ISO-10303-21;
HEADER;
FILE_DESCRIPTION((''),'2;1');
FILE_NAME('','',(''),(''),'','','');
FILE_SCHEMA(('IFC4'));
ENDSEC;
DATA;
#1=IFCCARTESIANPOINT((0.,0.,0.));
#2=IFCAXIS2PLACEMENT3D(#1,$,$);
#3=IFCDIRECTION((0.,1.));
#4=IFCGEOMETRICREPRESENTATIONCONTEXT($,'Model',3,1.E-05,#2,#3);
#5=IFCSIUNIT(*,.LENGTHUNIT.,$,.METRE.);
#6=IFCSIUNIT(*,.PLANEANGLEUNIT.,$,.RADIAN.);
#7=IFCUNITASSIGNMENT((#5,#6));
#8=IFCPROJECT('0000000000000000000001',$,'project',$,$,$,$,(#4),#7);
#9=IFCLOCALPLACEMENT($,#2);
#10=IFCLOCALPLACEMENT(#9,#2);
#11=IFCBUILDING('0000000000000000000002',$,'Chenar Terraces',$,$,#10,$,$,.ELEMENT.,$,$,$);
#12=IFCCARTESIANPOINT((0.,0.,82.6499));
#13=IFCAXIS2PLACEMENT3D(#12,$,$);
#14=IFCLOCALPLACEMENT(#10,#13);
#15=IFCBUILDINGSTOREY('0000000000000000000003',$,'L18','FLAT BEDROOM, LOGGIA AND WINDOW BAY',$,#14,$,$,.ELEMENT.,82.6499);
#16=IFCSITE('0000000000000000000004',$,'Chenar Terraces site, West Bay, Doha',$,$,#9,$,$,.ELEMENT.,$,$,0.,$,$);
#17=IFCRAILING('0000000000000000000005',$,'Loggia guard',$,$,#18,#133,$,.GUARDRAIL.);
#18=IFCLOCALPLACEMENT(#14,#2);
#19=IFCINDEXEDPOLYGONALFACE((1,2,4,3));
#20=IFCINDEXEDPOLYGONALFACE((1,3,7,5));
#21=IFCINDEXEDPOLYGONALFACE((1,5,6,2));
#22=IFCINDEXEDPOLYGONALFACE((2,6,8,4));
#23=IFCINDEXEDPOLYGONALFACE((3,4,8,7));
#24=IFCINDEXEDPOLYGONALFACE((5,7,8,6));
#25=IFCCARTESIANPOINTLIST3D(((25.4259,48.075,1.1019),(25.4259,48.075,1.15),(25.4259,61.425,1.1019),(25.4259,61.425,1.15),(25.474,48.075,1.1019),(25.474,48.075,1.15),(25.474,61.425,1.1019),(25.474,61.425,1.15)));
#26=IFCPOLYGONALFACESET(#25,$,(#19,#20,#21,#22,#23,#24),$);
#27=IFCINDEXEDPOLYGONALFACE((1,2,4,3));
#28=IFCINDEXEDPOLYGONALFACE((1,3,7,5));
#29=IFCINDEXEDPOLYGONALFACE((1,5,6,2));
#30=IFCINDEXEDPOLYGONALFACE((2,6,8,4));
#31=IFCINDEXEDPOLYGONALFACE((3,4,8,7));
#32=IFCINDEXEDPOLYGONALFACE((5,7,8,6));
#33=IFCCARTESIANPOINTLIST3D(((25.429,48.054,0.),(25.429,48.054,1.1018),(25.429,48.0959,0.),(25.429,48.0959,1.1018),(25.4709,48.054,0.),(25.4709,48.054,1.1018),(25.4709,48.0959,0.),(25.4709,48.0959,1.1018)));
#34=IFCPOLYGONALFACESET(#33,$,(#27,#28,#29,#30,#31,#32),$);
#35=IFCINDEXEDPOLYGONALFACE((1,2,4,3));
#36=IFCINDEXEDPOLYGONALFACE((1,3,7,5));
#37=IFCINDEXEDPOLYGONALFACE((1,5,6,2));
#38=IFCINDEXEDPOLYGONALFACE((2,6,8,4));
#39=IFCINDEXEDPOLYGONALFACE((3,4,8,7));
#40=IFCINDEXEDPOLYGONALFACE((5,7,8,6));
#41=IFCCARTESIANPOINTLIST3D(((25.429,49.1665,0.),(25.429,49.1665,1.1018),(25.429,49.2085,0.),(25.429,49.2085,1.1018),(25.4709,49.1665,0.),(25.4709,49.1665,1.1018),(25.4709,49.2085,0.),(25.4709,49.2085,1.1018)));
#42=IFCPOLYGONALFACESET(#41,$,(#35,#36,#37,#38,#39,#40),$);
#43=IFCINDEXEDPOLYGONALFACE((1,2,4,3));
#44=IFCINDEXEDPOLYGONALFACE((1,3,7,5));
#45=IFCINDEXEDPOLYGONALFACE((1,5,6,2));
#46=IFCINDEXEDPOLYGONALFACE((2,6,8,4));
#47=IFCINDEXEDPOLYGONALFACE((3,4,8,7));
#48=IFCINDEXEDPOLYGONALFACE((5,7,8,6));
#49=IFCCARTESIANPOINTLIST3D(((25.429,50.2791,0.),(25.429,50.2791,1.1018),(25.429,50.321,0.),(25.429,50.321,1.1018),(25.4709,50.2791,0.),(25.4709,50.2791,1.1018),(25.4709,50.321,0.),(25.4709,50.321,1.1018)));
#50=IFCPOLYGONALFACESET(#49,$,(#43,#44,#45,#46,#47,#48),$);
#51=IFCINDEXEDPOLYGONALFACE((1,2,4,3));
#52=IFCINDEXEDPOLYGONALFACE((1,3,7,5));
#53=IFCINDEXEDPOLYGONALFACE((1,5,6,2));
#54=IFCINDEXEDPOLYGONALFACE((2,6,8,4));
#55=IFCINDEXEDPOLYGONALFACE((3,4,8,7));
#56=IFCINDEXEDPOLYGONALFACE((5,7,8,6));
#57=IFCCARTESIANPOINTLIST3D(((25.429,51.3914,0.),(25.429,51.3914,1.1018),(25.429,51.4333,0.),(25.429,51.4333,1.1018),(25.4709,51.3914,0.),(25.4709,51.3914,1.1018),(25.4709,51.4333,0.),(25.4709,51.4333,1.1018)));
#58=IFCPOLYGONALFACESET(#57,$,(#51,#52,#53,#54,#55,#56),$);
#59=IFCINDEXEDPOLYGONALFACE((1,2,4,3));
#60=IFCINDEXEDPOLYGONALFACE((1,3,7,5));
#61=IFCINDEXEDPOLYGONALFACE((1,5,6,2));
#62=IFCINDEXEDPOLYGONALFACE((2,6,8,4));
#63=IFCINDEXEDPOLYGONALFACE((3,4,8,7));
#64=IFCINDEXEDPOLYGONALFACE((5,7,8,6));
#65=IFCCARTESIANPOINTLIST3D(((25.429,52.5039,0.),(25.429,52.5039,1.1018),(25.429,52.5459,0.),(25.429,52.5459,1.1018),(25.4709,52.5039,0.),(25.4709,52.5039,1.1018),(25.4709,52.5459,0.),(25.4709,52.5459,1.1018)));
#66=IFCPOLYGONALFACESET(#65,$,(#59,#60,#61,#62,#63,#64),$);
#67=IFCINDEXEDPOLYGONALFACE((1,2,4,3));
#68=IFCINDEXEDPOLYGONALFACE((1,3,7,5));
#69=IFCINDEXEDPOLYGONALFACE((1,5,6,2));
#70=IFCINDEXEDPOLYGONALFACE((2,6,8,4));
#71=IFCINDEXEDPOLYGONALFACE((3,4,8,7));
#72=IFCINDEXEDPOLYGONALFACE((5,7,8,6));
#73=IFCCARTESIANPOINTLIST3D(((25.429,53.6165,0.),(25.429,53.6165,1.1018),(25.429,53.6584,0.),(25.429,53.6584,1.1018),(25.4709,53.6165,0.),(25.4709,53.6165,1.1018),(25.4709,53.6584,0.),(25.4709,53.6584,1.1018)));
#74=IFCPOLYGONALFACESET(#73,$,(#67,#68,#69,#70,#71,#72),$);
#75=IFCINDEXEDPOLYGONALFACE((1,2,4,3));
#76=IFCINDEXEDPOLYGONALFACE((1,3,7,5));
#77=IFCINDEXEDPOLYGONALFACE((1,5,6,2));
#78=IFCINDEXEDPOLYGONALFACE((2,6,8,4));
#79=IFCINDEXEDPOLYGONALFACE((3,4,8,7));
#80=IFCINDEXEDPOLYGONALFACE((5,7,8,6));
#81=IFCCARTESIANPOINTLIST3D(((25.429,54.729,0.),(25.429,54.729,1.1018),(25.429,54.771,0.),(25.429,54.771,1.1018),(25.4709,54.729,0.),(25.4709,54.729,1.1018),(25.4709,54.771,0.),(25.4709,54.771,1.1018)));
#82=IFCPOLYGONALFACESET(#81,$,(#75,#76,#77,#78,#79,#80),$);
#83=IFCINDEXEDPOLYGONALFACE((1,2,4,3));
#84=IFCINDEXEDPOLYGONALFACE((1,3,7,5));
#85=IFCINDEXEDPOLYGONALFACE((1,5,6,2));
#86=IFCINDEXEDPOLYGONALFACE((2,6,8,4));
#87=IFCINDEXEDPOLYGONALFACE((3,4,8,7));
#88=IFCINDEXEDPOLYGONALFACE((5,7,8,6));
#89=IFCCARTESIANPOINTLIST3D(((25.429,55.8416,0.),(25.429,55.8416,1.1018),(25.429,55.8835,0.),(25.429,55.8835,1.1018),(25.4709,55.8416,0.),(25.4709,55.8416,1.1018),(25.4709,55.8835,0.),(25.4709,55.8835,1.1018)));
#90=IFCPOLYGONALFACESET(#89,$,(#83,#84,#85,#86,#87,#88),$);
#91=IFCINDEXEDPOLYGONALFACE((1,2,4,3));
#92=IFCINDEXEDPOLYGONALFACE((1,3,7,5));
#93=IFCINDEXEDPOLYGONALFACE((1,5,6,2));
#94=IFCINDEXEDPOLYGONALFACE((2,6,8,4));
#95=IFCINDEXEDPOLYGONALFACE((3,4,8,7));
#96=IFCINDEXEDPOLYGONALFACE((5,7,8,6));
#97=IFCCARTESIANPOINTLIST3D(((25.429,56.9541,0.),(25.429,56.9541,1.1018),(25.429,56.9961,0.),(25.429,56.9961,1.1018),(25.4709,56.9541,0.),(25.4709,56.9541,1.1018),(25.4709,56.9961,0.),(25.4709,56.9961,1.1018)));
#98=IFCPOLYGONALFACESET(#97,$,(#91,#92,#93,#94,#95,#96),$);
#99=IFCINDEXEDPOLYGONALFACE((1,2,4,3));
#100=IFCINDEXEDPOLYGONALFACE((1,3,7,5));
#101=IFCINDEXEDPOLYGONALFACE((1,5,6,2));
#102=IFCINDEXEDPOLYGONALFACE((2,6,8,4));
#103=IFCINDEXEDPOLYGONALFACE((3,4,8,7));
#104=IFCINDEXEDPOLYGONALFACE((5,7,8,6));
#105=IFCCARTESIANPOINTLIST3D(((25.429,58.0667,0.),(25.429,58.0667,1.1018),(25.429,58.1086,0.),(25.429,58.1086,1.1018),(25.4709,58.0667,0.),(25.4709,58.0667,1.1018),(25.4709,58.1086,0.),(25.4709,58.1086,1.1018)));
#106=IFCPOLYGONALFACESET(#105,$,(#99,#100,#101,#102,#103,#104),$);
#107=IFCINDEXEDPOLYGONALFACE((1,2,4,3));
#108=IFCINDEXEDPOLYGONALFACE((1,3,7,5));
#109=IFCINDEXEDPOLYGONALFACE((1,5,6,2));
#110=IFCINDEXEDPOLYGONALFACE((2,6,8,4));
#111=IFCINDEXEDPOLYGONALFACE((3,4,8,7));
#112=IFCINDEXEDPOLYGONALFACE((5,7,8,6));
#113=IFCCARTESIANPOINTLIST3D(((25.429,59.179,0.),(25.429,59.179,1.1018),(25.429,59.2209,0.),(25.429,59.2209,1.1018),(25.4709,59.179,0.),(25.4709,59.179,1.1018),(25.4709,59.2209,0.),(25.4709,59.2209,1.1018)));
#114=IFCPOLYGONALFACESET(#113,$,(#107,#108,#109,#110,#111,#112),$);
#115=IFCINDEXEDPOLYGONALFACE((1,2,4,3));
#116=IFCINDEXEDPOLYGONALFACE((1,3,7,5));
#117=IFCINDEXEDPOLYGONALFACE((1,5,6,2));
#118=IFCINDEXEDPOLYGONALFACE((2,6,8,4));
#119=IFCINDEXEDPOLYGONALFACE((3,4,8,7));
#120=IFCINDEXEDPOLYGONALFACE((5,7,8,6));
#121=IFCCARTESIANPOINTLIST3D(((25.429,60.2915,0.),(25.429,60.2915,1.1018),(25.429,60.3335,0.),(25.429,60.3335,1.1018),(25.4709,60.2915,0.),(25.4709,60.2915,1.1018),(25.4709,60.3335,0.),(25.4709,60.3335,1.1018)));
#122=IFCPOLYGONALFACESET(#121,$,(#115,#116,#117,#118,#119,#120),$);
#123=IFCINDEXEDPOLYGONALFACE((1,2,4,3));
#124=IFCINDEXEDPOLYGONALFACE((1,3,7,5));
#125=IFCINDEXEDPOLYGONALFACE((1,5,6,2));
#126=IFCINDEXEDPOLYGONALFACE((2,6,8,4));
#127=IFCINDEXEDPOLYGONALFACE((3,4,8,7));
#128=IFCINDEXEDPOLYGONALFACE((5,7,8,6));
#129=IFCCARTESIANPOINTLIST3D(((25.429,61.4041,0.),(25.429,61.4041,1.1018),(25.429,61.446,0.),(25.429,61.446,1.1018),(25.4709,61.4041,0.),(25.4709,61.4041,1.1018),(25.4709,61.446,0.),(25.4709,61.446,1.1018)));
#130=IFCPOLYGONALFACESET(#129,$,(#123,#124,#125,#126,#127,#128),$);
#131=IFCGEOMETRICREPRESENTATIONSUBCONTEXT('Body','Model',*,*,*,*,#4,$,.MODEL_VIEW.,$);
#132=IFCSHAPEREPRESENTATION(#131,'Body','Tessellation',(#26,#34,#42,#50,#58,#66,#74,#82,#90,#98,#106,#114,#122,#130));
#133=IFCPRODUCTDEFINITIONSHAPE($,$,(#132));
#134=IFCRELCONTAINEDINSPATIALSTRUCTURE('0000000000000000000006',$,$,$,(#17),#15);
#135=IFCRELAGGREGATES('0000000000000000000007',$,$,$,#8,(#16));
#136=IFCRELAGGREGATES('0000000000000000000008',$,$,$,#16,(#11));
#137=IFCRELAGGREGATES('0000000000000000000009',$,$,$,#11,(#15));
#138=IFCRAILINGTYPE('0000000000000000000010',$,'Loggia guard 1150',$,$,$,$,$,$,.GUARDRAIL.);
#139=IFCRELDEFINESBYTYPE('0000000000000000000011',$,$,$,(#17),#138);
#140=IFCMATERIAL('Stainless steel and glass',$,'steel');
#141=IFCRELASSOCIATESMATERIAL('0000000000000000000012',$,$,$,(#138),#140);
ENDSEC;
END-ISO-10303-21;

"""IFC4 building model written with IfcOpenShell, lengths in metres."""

from ifc_helpers import new_model, si_unit, direction, frame, origin, origin_2d, place, context, subcontext, project, spatial, rectangle, extrude, material, type_object, element, save


model = new_model("IFC4")

# Units and contexts
model_context = context("Model", 3, precision=1e-05, world=origin(), true_north=direction((0.0, 1.0)))
body_context = subcontext(model_context, "Body", "Model", "MODEL_VIEW")
ifc_project = project(units=[si_unit("LENGTHUNIT", "METRE"), si_unit("PLANEANGLEUNIT", "RADIAN")], contexts=[model_context])

# Site, building, storey
site_placement = place(None, origin())
site = spatial("IfcSite", under=ifc_project, at=site_placement, Name="Chenar Terraces site, West Bay, Doha", CompositionType="ELEMENT", RefElevation=0.0)
building_placement = place(site_placement, origin())
building = spatial("IfcBuilding", under=site, at=building_placement, Name="Chenar Terraces", CompositionType="ELEMENT")
storey_placement = place(building_placement, frame((0.0, 0.0, 82.6499)))
storey = spatial("IfcBuildingStorey", under=building, at=storey_placement, Name="L18", Description="FLAT BEDROOM, LOGGIA AND WINDOW BAY", CompositionType="ELEMENT", Elevation=82.6499)

# Railing
ifc_material_1 = material(Name="Stainless steel and glass", Category="steel")
railing_type = type_object("IfcRailingType", Name="Loggia guard 1150", PredefinedType="GUARDRAIL", material=ifc_material_1)
railing_placement = place(storey_placement, frame((25.45, 48.075, 0.0)))
element("IfcRailing", 1, at=railing_placement, inside=storey, type_object=railing_type, Name="Loggia guard", PredefinedType="GUARDRAIL", context=body_context, shape_type="SweptSolid", body=[
    extrude(rectangle(XDim=0.0481, YDim=0.0481, at=origin_2d()), frame((0.0, 0.0, 1.126), z_axis=(0.0, 1.0, 0.0), x_axis=(-1.0, 0.0, 0.0)), (0.0, 0.0, 1.0), 13.3501),
    extrude(rectangle(XDim=0.042, YDim=0.042, at=origin_2d()), origin(), (0.0, 0.0, 1.0), 1.1018),
    extrude(rectangle(XDim=0.042, YDim=0.042, at=origin_2d()), frame((0.0, 1.1125, 0.0)), (0.0, 0.0, 1.0), 1.1018),
    extrude(rectangle(XDim=0.042, YDim=0.042, at=origin_2d()), frame((0.0, 2.2251, 0.0)), (0.0, 0.0, 1.0), 1.1018),
    extrude(rectangle(XDim=0.042, YDim=0.042, at=origin_2d()), frame((0.0, 3.3374, 0.0)), (0.0, 0.0, 1.0), 1.1018),
    extrude(rectangle(XDim=0.042, YDim=0.042, at=origin_2d()), frame((0.0, 4.45, 0.0)), (0.0, 0.0, 1.0), 1.1018),
    extrude(rectangle(XDim=0.042, YDim=0.042, at=origin_2d()), frame((0.0, 5.5625, 0.0)), (0.0, 0.0, 1.0), 1.1018),
    extrude(rectangle(XDim=0.042, YDim=0.042, at=origin_2d()), frame((0.0, 6.675, 0.0)), (0.0, 0.0, 1.0), 1.1018),
    extrude(rectangle(XDim=0.042, YDim=0.042, at=origin_2d()), frame((0.0, 7.7876, 0.0)), (0.0, 0.0, 1.0), 1.1018),
    extrude(rectangle(XDim=0.042, YDim=0.042, at=origin_2d()), frame((0.0, 8.9001, 0.0)), (0.0, 0.0, 1.0), 1.1018),
    extrude(rectangle(XDim=0.042, YDim=0.042, at=origin_2d()), frame((0.0, 10.0127, 0.0)), (0.0, 0.0, 1.0), 1.1018),
    extrude(rectangle(XDim=0.042, YDim=0.042, at=origin_2d()), frame((0.0, 11.125, 0.0)), (0.0, 0.0, 1.0), 1.1018),
    extrude(rectangle(XDim=0.042, YDim=0.042, at=origin_2d()), frame((0.0, 12.2375, 0.0)), (0.0, 0.0, 1.0), 1.1018),
    extrude(rectangle(XDim=0.042, YDim=0.042, at=origin_2d()), frame((0.0, 13.3501, 0.0)), (0.0, 0.0, 1.0), 1.1018),
])

save(model, "model.ifc")
